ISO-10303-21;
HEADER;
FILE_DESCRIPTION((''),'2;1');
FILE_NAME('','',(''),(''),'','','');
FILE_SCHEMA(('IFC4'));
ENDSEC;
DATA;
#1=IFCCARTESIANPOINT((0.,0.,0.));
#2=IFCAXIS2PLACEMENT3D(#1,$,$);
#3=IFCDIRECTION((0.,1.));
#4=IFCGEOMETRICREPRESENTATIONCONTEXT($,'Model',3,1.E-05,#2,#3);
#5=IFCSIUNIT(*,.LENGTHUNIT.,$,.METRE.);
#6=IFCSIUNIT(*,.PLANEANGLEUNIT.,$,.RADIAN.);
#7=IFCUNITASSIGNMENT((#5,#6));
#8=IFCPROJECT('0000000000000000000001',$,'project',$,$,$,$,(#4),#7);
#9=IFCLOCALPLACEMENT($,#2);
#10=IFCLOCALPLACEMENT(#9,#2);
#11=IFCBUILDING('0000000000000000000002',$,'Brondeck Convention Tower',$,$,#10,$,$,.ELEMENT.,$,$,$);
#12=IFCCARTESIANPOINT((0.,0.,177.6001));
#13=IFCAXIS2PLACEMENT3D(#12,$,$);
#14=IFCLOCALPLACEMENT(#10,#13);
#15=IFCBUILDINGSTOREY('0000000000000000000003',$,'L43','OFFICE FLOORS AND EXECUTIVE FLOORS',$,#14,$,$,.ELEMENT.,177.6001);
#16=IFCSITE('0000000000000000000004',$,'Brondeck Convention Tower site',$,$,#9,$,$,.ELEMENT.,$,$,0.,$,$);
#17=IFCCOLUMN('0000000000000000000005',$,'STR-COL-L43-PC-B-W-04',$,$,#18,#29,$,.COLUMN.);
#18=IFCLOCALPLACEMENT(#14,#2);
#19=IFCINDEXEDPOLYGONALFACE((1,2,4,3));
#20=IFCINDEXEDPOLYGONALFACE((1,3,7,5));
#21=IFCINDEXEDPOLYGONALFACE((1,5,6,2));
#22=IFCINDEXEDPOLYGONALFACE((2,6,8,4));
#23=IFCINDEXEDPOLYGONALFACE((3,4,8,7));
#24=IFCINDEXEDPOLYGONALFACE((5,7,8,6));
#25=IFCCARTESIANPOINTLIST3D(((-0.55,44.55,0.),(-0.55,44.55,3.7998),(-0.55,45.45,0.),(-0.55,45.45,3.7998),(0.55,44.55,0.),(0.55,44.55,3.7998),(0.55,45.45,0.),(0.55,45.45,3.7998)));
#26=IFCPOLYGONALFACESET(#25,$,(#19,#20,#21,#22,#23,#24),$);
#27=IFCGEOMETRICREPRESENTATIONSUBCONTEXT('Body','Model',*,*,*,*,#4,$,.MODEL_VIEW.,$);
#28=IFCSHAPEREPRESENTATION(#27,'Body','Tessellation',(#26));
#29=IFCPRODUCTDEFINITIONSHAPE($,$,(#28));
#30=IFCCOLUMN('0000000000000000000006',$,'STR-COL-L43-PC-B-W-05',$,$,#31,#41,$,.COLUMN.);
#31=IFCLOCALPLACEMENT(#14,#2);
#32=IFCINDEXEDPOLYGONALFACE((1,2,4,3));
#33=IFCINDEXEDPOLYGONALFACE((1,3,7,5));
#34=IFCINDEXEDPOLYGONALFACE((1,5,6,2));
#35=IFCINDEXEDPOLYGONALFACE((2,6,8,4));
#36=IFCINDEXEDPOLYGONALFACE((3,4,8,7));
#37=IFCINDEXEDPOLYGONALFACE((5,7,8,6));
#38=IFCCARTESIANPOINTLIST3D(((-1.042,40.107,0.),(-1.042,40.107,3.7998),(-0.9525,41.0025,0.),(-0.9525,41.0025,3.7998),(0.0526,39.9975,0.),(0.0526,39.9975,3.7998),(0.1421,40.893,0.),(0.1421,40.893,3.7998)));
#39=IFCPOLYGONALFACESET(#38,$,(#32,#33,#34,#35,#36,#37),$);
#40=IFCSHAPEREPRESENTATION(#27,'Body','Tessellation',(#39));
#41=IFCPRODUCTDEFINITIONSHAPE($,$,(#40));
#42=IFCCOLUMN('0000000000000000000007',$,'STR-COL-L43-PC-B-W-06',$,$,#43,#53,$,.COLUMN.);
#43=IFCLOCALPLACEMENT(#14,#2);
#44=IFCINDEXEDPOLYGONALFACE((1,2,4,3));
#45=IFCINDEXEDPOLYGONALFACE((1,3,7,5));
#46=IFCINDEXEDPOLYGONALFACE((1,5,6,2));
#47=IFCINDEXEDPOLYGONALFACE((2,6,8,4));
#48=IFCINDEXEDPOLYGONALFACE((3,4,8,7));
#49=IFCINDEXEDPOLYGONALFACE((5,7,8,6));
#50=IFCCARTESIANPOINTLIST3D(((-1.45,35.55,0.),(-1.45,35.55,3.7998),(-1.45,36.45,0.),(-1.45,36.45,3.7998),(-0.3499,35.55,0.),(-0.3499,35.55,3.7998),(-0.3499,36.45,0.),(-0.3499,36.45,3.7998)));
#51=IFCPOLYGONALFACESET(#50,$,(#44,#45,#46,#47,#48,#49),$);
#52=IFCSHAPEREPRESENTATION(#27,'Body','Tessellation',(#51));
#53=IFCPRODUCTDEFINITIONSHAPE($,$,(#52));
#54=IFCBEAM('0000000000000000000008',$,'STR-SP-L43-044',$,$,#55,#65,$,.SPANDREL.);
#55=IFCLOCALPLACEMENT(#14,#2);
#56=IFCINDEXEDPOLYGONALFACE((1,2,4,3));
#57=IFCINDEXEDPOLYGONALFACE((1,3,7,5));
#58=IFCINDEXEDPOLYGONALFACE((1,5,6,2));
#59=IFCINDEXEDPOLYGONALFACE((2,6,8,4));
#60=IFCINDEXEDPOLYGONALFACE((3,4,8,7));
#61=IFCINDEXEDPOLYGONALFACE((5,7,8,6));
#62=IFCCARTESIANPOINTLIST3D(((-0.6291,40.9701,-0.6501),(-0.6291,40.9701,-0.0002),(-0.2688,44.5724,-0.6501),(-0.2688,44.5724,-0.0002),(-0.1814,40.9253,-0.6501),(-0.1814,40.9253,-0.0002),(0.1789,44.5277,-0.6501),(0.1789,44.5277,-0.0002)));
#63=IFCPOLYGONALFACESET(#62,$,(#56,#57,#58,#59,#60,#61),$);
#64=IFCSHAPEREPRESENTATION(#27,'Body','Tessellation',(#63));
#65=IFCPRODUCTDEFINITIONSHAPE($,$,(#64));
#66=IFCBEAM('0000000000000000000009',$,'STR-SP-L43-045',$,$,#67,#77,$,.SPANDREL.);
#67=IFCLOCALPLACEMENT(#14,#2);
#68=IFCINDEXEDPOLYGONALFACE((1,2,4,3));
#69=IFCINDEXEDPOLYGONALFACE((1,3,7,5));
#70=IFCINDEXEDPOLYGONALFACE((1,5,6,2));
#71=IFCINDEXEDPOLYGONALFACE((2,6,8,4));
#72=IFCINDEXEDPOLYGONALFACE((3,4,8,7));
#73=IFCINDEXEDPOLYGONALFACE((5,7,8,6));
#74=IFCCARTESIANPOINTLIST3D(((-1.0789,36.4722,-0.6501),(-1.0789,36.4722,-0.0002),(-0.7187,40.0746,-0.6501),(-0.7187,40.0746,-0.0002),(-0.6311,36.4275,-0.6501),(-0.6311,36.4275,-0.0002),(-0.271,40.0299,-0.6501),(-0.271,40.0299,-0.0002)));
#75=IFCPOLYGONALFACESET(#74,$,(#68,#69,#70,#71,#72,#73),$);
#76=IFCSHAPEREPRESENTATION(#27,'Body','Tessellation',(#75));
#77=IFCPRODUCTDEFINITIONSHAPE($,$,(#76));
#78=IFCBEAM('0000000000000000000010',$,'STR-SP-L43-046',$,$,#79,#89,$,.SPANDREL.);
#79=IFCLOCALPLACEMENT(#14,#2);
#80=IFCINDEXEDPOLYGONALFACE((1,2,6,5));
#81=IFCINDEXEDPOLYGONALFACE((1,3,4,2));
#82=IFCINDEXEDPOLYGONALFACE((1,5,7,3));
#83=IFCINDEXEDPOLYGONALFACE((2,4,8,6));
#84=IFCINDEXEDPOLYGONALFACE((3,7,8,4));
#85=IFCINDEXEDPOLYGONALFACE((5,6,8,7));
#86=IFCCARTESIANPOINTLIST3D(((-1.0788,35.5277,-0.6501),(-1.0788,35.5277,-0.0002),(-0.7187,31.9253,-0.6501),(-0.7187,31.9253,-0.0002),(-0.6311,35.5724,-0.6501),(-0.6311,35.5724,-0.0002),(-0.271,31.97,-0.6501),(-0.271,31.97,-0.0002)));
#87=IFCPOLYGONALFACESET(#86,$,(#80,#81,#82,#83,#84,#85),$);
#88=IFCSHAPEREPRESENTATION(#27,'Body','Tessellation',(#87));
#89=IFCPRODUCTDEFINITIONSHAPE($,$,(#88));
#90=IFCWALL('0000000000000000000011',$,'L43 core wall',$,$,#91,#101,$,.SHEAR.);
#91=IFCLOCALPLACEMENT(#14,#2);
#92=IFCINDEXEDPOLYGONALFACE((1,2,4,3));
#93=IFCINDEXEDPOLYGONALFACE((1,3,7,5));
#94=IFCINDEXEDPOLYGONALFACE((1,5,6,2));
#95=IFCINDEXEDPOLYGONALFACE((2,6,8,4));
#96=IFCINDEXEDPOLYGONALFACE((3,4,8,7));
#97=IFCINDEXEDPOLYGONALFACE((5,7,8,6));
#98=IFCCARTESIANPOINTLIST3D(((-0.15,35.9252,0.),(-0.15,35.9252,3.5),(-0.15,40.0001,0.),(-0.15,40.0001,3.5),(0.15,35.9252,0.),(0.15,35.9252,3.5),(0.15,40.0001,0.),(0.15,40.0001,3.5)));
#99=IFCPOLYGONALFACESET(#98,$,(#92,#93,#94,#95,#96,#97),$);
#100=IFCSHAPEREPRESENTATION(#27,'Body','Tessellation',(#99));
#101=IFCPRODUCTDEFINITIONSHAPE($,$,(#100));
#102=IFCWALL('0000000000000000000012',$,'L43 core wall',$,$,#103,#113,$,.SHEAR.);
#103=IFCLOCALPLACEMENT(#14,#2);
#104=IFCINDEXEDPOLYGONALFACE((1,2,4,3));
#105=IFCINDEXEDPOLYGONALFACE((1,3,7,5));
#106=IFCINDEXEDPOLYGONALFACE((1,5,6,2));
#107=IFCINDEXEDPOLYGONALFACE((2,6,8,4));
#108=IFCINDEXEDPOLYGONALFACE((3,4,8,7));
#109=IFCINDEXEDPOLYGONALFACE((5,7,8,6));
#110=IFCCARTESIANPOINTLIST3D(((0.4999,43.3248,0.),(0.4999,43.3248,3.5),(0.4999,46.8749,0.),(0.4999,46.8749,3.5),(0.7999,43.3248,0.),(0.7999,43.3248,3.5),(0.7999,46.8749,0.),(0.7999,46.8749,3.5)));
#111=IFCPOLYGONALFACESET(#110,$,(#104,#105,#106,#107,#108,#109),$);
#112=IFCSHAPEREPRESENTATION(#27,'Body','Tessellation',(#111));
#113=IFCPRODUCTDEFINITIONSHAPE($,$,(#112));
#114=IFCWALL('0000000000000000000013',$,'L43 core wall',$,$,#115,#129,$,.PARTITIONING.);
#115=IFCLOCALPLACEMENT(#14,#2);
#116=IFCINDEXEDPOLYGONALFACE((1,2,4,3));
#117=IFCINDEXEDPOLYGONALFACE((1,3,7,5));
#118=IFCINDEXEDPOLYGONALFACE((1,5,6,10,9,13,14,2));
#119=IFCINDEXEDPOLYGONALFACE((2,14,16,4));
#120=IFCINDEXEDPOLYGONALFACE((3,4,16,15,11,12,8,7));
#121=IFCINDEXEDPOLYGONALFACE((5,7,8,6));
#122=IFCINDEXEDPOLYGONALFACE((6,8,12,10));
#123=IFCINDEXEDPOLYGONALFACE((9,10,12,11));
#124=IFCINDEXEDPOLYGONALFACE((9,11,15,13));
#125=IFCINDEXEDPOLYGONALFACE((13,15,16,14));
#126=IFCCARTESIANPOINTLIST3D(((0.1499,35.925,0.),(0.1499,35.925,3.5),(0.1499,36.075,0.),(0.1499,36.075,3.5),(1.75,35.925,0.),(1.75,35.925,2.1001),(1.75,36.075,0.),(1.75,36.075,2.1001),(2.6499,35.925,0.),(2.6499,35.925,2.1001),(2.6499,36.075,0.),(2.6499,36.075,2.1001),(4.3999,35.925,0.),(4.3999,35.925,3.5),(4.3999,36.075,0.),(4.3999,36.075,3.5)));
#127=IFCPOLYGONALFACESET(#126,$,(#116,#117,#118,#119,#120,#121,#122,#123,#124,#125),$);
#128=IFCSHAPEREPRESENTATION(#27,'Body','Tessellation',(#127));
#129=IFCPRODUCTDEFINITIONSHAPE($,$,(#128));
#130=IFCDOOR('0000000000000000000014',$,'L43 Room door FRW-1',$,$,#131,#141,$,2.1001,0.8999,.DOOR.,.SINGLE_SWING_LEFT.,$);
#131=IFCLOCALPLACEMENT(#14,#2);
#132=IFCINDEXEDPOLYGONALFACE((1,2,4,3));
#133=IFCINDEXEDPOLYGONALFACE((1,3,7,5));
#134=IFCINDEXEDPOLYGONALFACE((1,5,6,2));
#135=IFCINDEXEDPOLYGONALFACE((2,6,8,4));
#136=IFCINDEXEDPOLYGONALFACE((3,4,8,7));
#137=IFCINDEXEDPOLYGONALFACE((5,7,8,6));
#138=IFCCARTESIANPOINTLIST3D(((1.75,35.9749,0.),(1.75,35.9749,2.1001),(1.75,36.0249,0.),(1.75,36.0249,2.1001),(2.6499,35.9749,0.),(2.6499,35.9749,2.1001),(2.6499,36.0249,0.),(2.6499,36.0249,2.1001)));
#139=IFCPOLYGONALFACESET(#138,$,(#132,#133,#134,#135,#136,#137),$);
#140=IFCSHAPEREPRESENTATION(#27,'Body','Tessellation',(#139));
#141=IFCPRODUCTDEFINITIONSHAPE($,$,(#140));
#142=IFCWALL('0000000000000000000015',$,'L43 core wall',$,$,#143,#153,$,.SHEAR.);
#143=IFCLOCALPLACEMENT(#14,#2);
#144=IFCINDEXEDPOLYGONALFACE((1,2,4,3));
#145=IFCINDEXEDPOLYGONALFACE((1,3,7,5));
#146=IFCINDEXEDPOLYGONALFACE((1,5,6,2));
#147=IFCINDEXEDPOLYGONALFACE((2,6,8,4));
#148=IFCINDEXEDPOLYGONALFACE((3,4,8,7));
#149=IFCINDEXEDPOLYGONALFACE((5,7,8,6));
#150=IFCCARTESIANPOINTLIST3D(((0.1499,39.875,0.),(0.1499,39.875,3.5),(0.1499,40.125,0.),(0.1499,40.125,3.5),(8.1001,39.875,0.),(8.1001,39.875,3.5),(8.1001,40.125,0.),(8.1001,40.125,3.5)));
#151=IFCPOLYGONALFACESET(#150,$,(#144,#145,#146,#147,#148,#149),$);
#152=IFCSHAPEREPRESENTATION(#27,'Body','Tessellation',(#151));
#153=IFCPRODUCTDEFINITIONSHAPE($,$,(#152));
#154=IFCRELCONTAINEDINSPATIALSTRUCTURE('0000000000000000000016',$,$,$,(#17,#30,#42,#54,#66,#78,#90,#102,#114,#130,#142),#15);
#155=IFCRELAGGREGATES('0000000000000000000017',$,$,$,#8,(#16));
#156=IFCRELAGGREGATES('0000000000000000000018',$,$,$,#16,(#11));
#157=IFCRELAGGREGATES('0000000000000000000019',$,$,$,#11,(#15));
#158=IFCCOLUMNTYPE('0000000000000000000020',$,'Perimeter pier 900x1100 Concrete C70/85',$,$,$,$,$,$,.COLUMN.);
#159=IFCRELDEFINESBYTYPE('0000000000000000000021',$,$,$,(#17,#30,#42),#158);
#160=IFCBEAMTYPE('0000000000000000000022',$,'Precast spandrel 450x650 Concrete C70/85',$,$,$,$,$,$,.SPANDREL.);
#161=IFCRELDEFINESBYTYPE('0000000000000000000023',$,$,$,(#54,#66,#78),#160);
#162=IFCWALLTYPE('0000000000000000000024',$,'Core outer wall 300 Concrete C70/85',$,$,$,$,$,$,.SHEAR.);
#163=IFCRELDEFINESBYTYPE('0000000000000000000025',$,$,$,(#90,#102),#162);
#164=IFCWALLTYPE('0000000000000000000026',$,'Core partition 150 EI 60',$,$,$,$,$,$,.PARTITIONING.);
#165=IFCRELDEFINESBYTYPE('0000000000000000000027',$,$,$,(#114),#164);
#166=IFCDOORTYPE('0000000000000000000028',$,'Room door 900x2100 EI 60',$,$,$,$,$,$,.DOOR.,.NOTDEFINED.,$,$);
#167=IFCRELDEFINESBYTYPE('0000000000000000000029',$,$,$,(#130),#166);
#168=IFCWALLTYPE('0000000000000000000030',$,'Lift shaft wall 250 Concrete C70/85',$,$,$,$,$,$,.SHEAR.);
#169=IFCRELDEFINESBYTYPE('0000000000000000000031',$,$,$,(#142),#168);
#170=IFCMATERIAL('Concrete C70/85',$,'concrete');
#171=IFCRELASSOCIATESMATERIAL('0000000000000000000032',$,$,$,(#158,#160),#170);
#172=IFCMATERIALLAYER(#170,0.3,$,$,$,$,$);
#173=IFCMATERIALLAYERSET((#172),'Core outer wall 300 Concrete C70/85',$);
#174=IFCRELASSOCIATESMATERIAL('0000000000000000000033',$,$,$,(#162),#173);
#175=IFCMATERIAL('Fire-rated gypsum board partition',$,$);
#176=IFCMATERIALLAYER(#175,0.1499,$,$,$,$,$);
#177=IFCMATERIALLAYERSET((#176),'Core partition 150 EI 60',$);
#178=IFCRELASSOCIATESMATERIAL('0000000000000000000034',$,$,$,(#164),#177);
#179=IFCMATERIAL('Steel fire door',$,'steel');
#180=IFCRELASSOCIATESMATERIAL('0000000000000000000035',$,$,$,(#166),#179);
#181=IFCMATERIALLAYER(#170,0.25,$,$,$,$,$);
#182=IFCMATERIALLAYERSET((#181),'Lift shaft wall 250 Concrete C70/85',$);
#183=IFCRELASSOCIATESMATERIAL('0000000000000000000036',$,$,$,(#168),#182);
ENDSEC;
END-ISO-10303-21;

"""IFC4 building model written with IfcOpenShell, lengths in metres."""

from ifc_helpers import new_model, si_unit, direction, frame, frame_2d, origin, origin_2d, place, context, subcontext, project, spatial, rectangle, extrude, material, layer, layer_set, material_profile, profile_set, type_object, element, fill, save


model = new_model("IFC4")

# Units and contexts
model_context = context("Model", 3, precision=1e-05, world=origin(), true_north=direction((0.0, 1.0)))
body_context = subcontext(model_context, "Body", "Model", "MODEL_VIEW")
ifc_project = project(units=[si_unit("LENGTHUNIT", "METRE"), si_unit("PLANEANGLEUNIT", "RADIAN")], contexts=[model_context])

# Site, building, storey
site_placement = place(None, origin())
site = spatial("IfcSite", under=ifc_project, at=site_placement, Name="Brondeck Convention Tower site", CompositionType="ELEMENT", RefElevation=0.0)
building_placement = place(site_placement, origin())
building = spatial("IfcBuilding", under=site, at=building_placement, Name="Brondeck Convention Tower", CompositionType="ELEMENT")
storey_placement = place(building_placement, frame((0.0, 0.0, 177.6001)))
storey = spatial("IfcBuildingStorey", under=building, at=storey_placement, Name="L43", Description="OFFICE FLOORS AND EXECUTIVE FLOORS", CompositionType="ELEMENT", Elevation=177.6001)

# Columns
ifc_material_1 = material(Name="Concrete C70/85", Category="concrete")
ifc_material_profile_1 = material_profile(ifc_material_1, rectangle(XDim=0.8999, YDim=1.1001, at=origin_2d()), Name="Perimeter pier 900x1100 Concrete C70/85")
ifc_profile_set_1 = profile_set([ifc_material_profile_1], Name="Concrete C70/85")
column_type = type_object("IfcColumnType", Name="Perimeter pier 900x1100 Concrete C70/85", PredefinedType="COLUMN", material=ifc_profile_set_1)
for number, where, z_axis, x_axis, name in (
    (1, (0.0, 45.0, 0.0), (0.0, 0.0, 1.0), (0.0, -1.0, 0.0), "STR-COL-L43-PC-B-W-04"),
    (2, (-0.45, 40.5, 0.0), (0.0, 0.0, 1.0), (-0.099504, -0.995037, 0.0), "STR-COL-L43-PC-B-W-05"),
    (3, (-0.8999, 36.0, 0.0), (0.0, 0.0, 1.0), (0.0, -1.0, 0.0), "STR-COL-L43-PC-B-W-06"),
):
    element("IfcColumn", number, at=place(storey_placement, frame(where, z_axis=z_axis, x_axis=x_axis)), inside=storey, type_object=column_type, Name=name, PredefinedType="COLUMN", context=body_context, shape_type="SweptSolid", body=[
        extrude(rectangle(XDim=0.8999, YDim=1.1001, at=origin_2d()), origin(), (0.0, 0.0, 1.0), 3.7998),
    ])

# Beams
ifc_material_profile_2 = material_profile(ifc_material_1, rectangle(XDim=0.45, YDim=0.6499, at=origin_2d()), Name="Precast spandrel 450x650 Concrete C70/85")
ifc_profile_set_2 = profile_set([ifc_material_profile_2], Name="Concrete C70/85")
beam_type = type_object("IfcBeamType", Name="Precast spandrel 450x650 Concrete C70/85", PredefinedType="SPANDREL", material=ifc_profile_set_2)
for number, where, z_axis, x_axis, name in (
    (4, (-0.0449, 44.55, -0.3252), (-0.099537, -0.995034, 0.0), (0.995034, -0.099537, 0.0), "STR-SP-L43-044"),
    (5, (-0.4949, 40.0522, -0.3252), (-0.09947, -0.995041, 0.0), (0.995041, -0.09947, 0.0), "STR-SP-L43-045"),
    (6, (-0.855, 35.55, -0.3252), (0.09947, -0.995041, 0.0), (0.995041, 0.09947, 0.0), "STR-SP-L43-046"),
):
    element("IfcBeam", number, at=place(storey_placement, frame(where, z_axis=z_axis, x_axis=x_axis)), inside=storey, type_object=beam_type, Name=name, PredefinedType="SPANDREL", context=body_context, shape_type="SweptSolid", body=[
        extrude(rectangle(XDim=0.45, YDim=0.6499, at=origin_2d()), origin(), (0.0, 0.0, 1.0), 3.6204),
    ])

# Walls
ifc_layer_1 = layer(ifc_material_1, 0.3)
ifc_layer_set_1 = layer_set([ifc_layer_1], Name="Core outer wall 300 Concrete C70/85")
wall_type_1 = type_object("IfcWallType", Name="Core outer wall 300 Concrete C70/85", PredefinedType="SHEAR", material=ifc_layer_set_1)
wall_1_placement = place(storey_placement, frame((0.0, 35.925, 0.0), z_axis=(0.0, 0.0, 1.0), x_axis=(0.0, 1.0, 0.0)))
element("IfcWall", 7, at=wall_1_placement, inside=storey, type_object=wall_type_1, Name="L43 core wall", PredefinedType="SHEAR", context=body_context, shape_type="SweptSolid", body=[
    extrude(rectangle(XDim=4.075, YDim=0.3, at=frame_2d((2.0376, 0.0))), origin(), (0.0, 0.0, 1.0), 3.5),
])
wall_2_placement = place(storey_placement, frame((0.6499, 43.325, 0.0), z_axis=(0.0, 0.0, 1.0), x_axis=(0.0, 1.0, 0.0)))
element("IfcWall", 8, at=wall_2_placement, inside=storey, type_object=wall_type_1, Name="L43 core wall", PredefinedType="SHEAR", context=body_context, shape_type="SweptSolid", body=[
    extrude(rectangle(XDim=3.55, YDim=0.3, at=frame_2d((1.7749, 0.0))), origin(), (0.0, 0.0, 1.0), 3.5),
])

# Wall, opening, door
ifc_material_2 = material(Name="Fire-rated gypsum board partition")
ifc_layer_2 = layer(ifc_material_2, 0.1499)
ifc_layer_set_2 = layer_set([ifc_layer_2], Name="Core partition 150 EI 60")
wall_type_2 = type_object("IfcWallType", Name="Core partition 150 EI 60", PredefinedType="PARTITIONING", material=ifc_layer_set_2)
wall_3_placement = place(storey_placement, frame((0.1499, 36.0, 0.0), z_axis=(0.0, 0.0, 1.0), x_axis=(1.0, 0.0, 0.0)))
wall_3 = element("IfcWall", 9, at=wall_3_placement, inside=storey, type_object=wall_type_2, Name="L43 core wall", PredefinedType="PARTITIONING", context=body_context, shape_type="SweptSolid", body=[
    extrude(rectangle(XDim=4.25, YDim=0.1499, at=frame_2d((2.125, 0.0))), origin(), (0.0, 0.0, 1.0), 3.5),
])
opening_1_placement = place(wall_3_placement, frame((1.6001, 0.0, 0.0)))
opening_1 = element("IfcOpeningElement", 10, at=opening_1_placement, cuts=wall_3, PredefinedType="OPENING", context=body_context, shape_type="SweptSolid", body=[
    extrude(rectangle(XDim=0.8999, YDim=2.1001, at=frame_2d((0.45, 1.05))), frame((0.0, 0.085, 0.0), z_axis=(0.0, -1.0, 0.0), x_axis=(1.0, 0.0, 0.0)), (0.0, 0.0, 1.0), 0.1699),
])
ifc_material_3 = material(Name="Steel fire door", Category="steel")
door_type_1 = type_object("IfcDoorType", Name="Room door 900x2100 EI 60", OperationType="NOTDEFINED", PredefinedType="DOOR", material=ifc_material_3)
door_1_placement = place(opening_1_placement, origin())
door_1 = element("IfcDoor", 11, at=door_1_placement, inside=storey, type_object=door_type_1, Name="L43 Room door FRW-1", OperationType="SINGLE_SWING_LEFT", OverallHeight=2.1001, OverallWidth=0.8999, PredefinedType="DOOR", context=body_context, shape_type="SweptSolid", body=[
    extrude(rectangle(XDim=0.8999, YDim=2.1001, at=frame_2d((0.45, 1.05))), frame((0.0, 0.0249, 0.0), z_axis=(0.0, -1.0, 0.0), x_axis=(1.0, 0.0, 0.0)), (0.0, 0.0, 1.0), 0.05),
])
fill(opening_1, door_1)

# Wall
ifc_layer_3 = layer(ifc_material_1, 0.25)
ifc_layer_set_3 = layer_set([ifc_layer_3], Name="Lift shaft wall 250 Concrete C70/85")
wall_type_3 = type_object("IfcWallType", Name="Lift shaft wall 250 Concrete C70/85", PredefinedType="SHEAR", material=ifc_layer_set_3)
wall_4_placement = place(storey_placement, frame((0.1499, 40.0, 0.0), z_axis=(0.0, 0.0, 1.0), x_axis=(1.0, 0.0, 0.0)))
element("IfcWall", 12, at=wall_4_placement, inside=storey, type_object=wall_type_3, Name="L43 core wall", PredefinedType="SHEAR", context=body_context, shape_type="SweptSolid", body=[
    extrude(rectangle(XDim=7.9502, YDim=0.25, at=frame_2d((3.9751, 0.0))), origin(), (0.0, 0.0, 1.0), 3.5),
])

save(model, "model.ifc")
